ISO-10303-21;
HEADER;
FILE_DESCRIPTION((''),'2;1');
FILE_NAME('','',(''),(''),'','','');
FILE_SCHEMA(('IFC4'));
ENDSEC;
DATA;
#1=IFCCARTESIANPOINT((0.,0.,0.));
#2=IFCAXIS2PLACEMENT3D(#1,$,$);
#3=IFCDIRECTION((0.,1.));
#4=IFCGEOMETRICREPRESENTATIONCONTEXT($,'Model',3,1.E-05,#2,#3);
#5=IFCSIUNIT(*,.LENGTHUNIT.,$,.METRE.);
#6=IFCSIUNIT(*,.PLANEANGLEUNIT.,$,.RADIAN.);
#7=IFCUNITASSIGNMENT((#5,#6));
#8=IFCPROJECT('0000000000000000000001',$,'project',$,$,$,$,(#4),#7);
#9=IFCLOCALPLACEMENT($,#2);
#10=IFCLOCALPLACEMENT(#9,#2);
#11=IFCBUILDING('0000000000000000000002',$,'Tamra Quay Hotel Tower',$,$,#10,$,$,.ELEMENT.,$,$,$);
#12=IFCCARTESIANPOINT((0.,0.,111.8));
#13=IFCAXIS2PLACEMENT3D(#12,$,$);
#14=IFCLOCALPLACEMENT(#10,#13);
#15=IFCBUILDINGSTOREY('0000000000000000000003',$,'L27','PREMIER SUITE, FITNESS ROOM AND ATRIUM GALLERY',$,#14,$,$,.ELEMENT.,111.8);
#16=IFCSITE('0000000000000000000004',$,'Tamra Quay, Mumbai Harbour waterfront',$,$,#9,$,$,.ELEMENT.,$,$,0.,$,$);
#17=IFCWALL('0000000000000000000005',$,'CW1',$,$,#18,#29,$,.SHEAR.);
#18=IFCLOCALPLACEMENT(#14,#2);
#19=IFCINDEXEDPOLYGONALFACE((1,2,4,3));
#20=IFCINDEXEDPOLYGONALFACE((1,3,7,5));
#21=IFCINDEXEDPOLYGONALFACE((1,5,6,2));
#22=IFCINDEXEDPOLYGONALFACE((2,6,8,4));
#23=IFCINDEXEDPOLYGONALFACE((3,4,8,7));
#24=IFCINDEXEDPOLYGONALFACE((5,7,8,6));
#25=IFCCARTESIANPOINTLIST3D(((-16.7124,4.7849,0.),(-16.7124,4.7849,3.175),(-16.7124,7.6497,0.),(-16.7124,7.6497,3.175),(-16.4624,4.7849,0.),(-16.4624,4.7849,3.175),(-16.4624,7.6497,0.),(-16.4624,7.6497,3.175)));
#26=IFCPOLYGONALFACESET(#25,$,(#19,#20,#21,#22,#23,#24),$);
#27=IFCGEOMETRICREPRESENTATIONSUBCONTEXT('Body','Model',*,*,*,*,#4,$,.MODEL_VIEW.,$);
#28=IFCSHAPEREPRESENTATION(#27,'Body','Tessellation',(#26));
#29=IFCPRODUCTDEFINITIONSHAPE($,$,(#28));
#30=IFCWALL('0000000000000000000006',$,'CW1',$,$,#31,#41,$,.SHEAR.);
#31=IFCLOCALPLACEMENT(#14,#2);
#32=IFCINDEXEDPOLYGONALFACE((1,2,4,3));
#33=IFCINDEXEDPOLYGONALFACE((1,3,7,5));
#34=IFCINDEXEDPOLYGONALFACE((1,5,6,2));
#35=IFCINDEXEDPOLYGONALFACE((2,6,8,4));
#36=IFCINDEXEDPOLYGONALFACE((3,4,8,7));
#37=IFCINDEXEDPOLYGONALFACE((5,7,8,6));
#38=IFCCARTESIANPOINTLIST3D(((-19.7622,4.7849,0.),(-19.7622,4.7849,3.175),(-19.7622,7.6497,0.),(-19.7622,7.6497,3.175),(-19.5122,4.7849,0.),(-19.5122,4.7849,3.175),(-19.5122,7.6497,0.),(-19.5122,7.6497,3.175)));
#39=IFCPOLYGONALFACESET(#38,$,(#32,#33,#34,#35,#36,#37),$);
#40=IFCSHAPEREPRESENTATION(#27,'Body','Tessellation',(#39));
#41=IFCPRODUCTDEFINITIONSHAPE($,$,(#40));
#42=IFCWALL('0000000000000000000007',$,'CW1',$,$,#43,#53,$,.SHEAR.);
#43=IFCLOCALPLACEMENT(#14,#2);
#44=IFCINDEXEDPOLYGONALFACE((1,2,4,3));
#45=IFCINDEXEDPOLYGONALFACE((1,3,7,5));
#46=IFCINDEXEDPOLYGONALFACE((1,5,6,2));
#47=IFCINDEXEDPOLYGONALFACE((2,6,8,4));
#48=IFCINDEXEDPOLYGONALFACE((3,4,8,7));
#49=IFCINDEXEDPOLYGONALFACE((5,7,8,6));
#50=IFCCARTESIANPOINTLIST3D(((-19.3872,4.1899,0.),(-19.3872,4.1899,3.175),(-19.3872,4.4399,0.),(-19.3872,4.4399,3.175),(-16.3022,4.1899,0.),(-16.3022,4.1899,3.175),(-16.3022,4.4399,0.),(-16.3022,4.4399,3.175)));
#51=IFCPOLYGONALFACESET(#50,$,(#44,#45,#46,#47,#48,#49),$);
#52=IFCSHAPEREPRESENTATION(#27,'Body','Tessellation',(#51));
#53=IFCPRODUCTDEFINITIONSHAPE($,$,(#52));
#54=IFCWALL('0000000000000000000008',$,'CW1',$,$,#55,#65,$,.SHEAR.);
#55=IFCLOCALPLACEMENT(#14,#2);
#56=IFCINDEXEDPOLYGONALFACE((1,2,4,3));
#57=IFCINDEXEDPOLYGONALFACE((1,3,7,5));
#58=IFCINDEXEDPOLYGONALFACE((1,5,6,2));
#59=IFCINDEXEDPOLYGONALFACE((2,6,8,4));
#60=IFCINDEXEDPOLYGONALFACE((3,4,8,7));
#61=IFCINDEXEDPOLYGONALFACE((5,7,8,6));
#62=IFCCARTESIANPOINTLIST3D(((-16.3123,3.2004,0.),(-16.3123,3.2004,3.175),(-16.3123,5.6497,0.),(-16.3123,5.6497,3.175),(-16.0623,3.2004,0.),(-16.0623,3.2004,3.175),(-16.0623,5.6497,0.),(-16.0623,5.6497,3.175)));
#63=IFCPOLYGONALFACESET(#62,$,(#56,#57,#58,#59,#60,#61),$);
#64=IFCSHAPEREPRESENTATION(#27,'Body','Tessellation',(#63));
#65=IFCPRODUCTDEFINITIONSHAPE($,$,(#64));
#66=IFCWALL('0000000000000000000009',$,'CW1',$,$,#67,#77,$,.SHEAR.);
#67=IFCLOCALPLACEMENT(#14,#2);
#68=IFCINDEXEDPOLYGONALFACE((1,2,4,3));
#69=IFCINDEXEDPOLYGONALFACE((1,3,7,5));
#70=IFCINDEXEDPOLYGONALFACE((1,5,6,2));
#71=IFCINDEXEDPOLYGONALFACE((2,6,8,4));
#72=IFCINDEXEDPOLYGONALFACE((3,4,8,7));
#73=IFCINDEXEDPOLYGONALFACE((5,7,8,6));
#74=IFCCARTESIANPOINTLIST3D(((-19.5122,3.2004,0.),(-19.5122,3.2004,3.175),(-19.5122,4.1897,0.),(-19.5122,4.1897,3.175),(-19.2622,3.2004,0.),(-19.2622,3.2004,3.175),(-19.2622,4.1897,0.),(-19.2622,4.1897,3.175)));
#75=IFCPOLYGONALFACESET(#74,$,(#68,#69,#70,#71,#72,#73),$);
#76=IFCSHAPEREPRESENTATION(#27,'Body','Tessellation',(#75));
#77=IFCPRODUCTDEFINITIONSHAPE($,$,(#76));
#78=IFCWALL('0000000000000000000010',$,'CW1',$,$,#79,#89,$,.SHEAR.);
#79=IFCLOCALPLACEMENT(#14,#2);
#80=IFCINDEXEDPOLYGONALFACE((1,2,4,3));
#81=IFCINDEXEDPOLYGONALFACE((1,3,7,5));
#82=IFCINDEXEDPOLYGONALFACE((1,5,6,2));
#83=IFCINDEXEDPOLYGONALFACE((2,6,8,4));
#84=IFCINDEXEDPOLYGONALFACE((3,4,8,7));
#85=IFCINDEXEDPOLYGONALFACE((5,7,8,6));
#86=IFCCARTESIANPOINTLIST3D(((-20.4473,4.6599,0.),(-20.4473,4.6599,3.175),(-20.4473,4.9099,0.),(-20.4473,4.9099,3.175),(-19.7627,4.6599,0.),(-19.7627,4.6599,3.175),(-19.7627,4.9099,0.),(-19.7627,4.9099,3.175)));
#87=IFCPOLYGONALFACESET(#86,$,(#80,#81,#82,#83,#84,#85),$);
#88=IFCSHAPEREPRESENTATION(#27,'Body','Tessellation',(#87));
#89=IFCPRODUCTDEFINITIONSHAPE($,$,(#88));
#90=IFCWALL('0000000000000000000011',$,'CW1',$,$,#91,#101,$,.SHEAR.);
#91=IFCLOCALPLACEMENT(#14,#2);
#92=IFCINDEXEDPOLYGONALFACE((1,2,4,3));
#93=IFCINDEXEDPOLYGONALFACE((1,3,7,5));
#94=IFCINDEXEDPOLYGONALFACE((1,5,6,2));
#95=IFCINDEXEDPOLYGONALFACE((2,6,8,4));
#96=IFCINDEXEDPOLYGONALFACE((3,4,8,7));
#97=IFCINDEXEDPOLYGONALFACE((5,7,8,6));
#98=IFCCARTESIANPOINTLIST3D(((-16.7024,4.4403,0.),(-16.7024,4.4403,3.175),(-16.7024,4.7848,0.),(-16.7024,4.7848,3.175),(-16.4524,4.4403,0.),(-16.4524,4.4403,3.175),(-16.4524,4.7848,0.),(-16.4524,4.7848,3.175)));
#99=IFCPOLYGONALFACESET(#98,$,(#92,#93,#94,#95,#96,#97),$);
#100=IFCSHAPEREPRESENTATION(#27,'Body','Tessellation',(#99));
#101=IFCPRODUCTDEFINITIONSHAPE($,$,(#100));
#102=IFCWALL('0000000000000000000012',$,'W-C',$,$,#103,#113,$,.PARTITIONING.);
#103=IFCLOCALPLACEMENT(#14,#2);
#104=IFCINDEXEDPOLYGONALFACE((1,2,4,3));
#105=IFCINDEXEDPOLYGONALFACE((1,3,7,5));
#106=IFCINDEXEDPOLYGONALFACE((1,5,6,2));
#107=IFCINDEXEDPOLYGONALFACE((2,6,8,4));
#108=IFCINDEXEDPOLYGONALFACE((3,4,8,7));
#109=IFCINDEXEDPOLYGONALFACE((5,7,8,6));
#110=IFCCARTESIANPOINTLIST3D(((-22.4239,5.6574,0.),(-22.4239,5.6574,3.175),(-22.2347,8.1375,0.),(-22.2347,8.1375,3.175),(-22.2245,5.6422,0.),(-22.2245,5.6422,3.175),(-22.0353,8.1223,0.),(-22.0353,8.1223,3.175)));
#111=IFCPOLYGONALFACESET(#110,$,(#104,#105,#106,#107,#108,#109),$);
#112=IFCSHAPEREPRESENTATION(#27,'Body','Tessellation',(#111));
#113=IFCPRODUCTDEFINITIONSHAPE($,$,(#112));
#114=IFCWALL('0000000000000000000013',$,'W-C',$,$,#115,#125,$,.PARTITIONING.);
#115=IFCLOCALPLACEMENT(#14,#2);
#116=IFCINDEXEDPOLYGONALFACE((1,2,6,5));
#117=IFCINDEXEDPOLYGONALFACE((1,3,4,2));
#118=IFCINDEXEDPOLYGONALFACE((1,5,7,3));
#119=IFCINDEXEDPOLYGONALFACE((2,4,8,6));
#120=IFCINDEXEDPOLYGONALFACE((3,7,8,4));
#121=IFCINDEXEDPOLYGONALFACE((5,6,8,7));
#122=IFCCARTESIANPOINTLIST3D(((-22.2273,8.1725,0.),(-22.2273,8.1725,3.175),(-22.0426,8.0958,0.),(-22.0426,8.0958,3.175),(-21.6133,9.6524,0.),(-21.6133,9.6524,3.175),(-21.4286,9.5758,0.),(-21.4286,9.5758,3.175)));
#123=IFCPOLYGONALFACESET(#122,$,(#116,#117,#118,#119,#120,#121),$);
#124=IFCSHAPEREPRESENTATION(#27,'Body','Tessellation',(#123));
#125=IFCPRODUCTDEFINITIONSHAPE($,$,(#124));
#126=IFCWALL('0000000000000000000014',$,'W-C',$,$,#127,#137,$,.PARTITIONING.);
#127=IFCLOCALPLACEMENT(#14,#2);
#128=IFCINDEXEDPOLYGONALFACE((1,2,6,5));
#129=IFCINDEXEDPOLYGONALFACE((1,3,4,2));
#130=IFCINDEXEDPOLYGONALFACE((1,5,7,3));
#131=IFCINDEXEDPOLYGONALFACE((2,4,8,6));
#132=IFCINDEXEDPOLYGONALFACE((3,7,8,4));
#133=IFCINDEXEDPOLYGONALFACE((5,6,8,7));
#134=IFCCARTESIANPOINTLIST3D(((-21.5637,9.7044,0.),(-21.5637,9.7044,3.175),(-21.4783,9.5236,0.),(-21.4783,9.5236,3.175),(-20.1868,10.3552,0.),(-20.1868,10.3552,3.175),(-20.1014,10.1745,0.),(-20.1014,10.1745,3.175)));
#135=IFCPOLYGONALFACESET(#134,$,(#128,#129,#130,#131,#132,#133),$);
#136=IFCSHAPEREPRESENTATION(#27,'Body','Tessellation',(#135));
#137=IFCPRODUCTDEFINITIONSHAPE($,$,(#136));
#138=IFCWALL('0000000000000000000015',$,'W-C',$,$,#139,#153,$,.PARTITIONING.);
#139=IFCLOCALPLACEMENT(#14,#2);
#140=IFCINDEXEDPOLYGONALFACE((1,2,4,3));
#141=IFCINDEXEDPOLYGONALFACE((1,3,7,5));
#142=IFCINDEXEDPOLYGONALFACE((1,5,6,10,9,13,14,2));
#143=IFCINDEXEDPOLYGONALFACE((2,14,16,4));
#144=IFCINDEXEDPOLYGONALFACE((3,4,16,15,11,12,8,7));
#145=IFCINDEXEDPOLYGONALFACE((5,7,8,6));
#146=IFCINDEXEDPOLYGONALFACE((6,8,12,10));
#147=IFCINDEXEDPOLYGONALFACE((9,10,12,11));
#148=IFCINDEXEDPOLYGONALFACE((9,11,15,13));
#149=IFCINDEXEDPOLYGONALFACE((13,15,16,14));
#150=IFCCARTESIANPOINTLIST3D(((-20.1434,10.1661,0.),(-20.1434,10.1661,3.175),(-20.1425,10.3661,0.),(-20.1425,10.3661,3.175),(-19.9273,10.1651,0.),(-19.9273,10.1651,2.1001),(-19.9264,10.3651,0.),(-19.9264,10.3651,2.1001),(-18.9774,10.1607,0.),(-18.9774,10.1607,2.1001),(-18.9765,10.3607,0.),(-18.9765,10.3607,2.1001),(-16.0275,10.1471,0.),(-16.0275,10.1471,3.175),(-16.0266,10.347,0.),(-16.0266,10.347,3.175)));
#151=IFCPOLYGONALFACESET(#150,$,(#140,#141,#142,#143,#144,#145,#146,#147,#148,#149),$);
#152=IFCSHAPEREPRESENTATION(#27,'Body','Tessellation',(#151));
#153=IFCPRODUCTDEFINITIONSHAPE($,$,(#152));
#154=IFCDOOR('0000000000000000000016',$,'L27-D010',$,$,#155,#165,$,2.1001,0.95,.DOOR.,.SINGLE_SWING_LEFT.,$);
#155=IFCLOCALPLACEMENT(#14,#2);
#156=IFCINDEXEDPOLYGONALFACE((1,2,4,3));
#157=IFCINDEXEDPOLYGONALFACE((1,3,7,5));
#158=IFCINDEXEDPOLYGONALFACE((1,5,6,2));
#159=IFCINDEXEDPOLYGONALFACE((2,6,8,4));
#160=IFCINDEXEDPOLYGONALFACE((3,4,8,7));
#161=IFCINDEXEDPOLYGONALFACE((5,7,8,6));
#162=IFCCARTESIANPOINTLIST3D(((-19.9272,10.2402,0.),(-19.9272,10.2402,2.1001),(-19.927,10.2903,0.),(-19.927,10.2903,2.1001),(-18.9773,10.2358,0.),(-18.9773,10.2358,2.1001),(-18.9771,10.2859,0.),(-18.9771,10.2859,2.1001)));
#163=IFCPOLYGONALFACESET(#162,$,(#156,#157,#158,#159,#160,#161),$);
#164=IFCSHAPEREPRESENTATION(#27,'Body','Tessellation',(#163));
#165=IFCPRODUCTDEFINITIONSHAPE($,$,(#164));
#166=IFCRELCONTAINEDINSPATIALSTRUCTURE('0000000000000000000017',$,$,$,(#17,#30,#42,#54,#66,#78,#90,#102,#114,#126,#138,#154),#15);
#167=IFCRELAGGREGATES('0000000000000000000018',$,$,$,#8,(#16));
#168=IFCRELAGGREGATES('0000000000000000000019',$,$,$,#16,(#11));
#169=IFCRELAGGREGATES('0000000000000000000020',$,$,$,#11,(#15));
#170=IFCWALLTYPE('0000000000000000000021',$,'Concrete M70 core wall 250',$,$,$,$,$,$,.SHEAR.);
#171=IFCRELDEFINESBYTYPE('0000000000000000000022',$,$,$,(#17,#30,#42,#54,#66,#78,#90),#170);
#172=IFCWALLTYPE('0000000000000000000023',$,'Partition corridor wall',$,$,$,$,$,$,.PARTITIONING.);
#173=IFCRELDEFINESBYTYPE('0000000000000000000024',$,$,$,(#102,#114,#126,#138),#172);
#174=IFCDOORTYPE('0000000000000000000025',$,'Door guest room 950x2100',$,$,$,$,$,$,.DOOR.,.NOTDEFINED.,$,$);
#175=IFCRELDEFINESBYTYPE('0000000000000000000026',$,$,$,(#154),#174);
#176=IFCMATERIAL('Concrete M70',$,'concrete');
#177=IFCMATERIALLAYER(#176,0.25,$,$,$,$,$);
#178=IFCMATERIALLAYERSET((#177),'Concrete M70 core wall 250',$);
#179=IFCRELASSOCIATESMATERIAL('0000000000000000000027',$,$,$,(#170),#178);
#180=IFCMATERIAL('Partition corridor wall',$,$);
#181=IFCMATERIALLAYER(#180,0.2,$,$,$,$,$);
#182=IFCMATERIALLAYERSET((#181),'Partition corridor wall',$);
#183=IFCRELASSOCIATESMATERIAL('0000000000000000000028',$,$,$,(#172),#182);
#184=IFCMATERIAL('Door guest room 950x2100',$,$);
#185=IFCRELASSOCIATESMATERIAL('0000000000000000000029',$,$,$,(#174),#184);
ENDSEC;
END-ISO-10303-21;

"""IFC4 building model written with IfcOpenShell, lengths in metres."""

from ifc_helpers import new_model, si_unit, direction, frame, frame_2d, origin, place, context, subcontext, project, spatial, rectangle, extrude, material, layer, layer_set, type_object, element, fill, save


model = new_model("IFC4")

# Units and contexts
model_context = context("Model", 3, precision=1e-05, world=origin(), true_north=direction((0.0, 1.0)))
body_context = subcontext(model_context, "Body", "Model", "MODEL_VIEW")
ifc_project = project(units=[si_unit("LENGTHUNIT", "METRE"), si_unit("PLANEANGLEUNIT", "RADIAN")], contexts=[model_context])

# Site, building, storey
site_placement = place(None, origin())
site = spatial("IfcSite", under=ifc_project, at=site_placement, Name="Tamra Quay, Mumbai Harbour waterfront", CompositionType="ELEMENT", RefElevation=0.0)
building_placement = place(site_placement, origin())
building = spatial("IfcBuilding", under=site, at=building_placement, Name="Tamra Quay Hotel Tower", CompositionType="ELEMENT")
storey_placement = place(building_placement, frame((0.0, 0.0, 111.8)))
storey = spatial("IfcBuildingStorey", under=building, at=storey_placement, Name="L27", Description="PREMIER SUITE, FITNESS ROOM AND ATRIUM GALLERY", CompositionType="ELEMENT", Elevation=111.8)

# Shared definitions
ifc_material_1 = material(Name="Concrete M70", Category="concrete")

# Walls
ifc_layer_1 = layer(ifc_material_1, 0.25)
ifc_layer_set_1 = layer_set([ifc_layer_1], Name="Concrete M70 core wall 250")
wall_type_1 = type_object("IfcWallType", Name="Concrete M70 core wall 250", PredefinedType="SHEAR", material=ifc_layer_set_1)
for number, where, z_axis, x_axis, name in (
    (1, (-16.5874, 7.6497, 0.0), (0.0, 0.0, 1.0), (0.0, -1.0, 0.0), "CW1"),
    (2, (-19.6372, 4.7849, 0.0), (0.0, 0.0, 1.0), (0.0, 1.0, 0.0), "CW1"),
):
    element("IfcWall", number, at=place(storey_placement, frame(where, z_axis=z_axis, x_axis=x_axis)), inside=storey, type_object=wall_type_1, Name=name, PredefinedType="SHEAR", context=body_context, shape_type="SweptSolid", body=[
        extrude(rectangle(XDim=2.8647, YDim=0.25, at=frame_2d((1.4324, 0.0))), origin(), (0.0, 0.0, 1.0), 3.175),
    ])
wall_1_placement = place(storey_placement, frame((-16.3022, 4.3149, 0.0), z_axis=(0.0, 0.0, 1.0), x_axis=(-1.0, 0.0, 0.0)))
element("IfcWall", 3, at=wall_1_placement, inside=storey, type_object=wall_type_1, Name="CW1", PredefinedType="SHEAR", context=body_context, shape_type="SweptSolid", body=[
    extrude(rectangle(XDim=3.085, YDim=0.25, at=frame_2d((1.5425, 0.0))), origin(), (0.0, 0.0, 1.0), 3.175),
])
wall_2_placement = place(storey_placement, frame((-16.1873, 3.2004, 0.0), z_axis=(0.0, 0.0, 1.0), x_axis=(0.0, 1.0, 0.0)))
element("IfcWall", 4, at=wall_2_placement, inside=storey, type_object=wall_type_1, Name="CW1", PredefinedType="SHEAR", context=body_context, shape_type="SweptSolid", body=[
    extrude(rectangle(XDim=2.4492, YDim=0.25, at=frame_2d((1.2246, 0.0))), origin(), (0.0, 0.0, 1.0), 3.175),
])
wall_3_placement = place(storey_placement, frame((-19.3872, 4.1897, 0.0), z_axis=(0.0, 0.0, 1.0), x_axis=(0.0, -1.0, 0.0)))
element("IfcWall", 5, at=wall_3_placement, inside=storey, type_object=wall_type_1, Name="CW1", PredefinedType="SHEAR", context=body_context, shape_type="SweptSolid", body=[
    extrude(rectangle(XDim=0.9893, YDim=0.25, at=frame_2d((0.4946, 0.0))), origin(), (0.0, 0.0, 1.0), 3.175),
])
wall_4_placement = place(storey_placement, frame((-20.4473, 4.7849, 0.0), z_axis=(0.0, 0.0, 1.0), x_axis=(1.0, 0.0, 0.0)))
element("IfcWall", 6, at=wall_4_placement, inside=storey, type_object=wall_type_1, Name="CW1", PredefinedType="SHEAR", context=body_context, shape_type="SweptSolid", body=[
    extrude(rectangle(XDim=0.6846, YDim=0.25, at=frame_2d((0.3423, 0.0))), origin(), (0.0, 0.0, 1.0), 3.175),
])
wall_5_placement = place(storey_placement, frame((-16.5774, 4.7849, 0.0), z_axis=(0.0, 0.0, 1.0), x_axis=(0.0, -1.0, 0.0)))
element("IfcWall", 7, at=wall_5_placement, inside=storey, type_object=wall_type_1, Name="CW1", PredefinedType="SHEAR", context=body_context, shape_type="SweptSolid", body=[
    extrude(rectangle(XDim=0.3445, YDim=0.25, at=frame_2d((0.1724, 0.0))), origin(), (0.0, 0.0, 1.0), 3.175),
])
ifc_material_2 = material(Name="Partition corridor wall")
ifc_layer_2 = layer(ifc_material_2, 0.2)
ifc_layer_set_2 = layer_set([ifc_layer_2], Name="Partition corridor wall")
wall_type_2 = type_object("IfcWallType", Name="Partition corridor wall", PredefinedType="PARTITIONING", material=ifc_layer_set_2)
wall_6_placement = place(storey_placement, frame((-22.135, 8.1299, 0.0), z_axis=(0.0, 0.0, 1.0), x_axis=(-0.076073, -0.997102, 0.0)))
element("IfcWall", 8, at=wall_6_placement, inside=storey, type_object=wall_type_2, Name="W-C", PredefinedType="PARTITIONING", context=body_context, shape_type="SweptSolid", body=[
    extrude(rectangle(XDim=2.4873, YDim=0.2, at=frame_2d((1.2437, 0.0))), origin(), (0.0, 0.0, 1.0), 3.175),
])
wall_7_placement = place(storey_placement, frame((-22.135, 8.134, 0.0), z_axis=(0.0, 0.0, 1.0), x_axis=(0.383208, 0.923662, 0.0)))
element("IfcWall", 9, at=wall_7_placement, inside=storey, type_object=wall_type_2, Name="W-C", PredefinedType="PARTITIONING", context=body_context, shape_type="SweptSolid", body=[
    extrude(rectangle(XDim=1.6023, YDim=0.2, at=frame_2d((0.8013, 0.0))), origin(), (0.0, 0.0, 1.0), 3.175),
])
wall_8_placement = place(storey_placement, frame((-21.521, 9.614, 0.0), z_axis=(0.0, 0.0, 1.0), x_axis=(0.904084, 0.427356, 0.0)))
element("IfcWall", 10, at=wall_8_placement, inside=storey, type_object=wall_type_2, Name="W-C", PredefinedType="PARTITIONING", context=body_context, shape_type="SweptSolid", body=[
    extrude(rectangle(XDim=1.5229, YDim=0.2, at=frame_2d((0.7615, 0.0))), origin(), (0.0, 0.0, 1.0), 3.175),
])

# Wall, opening, door
wall_9_placement = place(storey_placement, frame((-20.1431, 10.2661, 0.0), z_axis=(0.0, 0.0, 1.0), x_axis=(0.999989, -0.004627, 0.0)))
wall_9 = element("IfcWall", 11, at=wall_9_placement, inside=storey, type_object=wall_type_2, Name="W-C", PredefinedType="PARTITIONING", context=body_context, shape_type="SweptSolid", body=[
    extrude(rectangle(XDim=4.116, YDim=0.2, at=frame_2d((2.0581, 0.0))), origin(), (0.0, 0.0, 1.0), 3.175),
])
opening_1_placement = place(wall_9_placement, frame((0.2161, 0.0, 0.0)))
opening_1 = element("IfcOpeningElement", 12, at=opening_1_placement, cuts=wall_9, PredefinedType="OPENING", context=body_context, shape_type="SweptSolid", body=[
    extrude(rectangle(XDim=0.95, YDim=2.1001, at=frame_2d((0.4751, 1.05))), frame((0.0, 0.1099, 0.0), z_axis=(0.0, -1.0, 0.0), x_axis=(1.0, 0.0, 0.0)), (0.0, 0.0, 1.0), 0.22),
])
ifc_material_3 = material(Name="Door guest room 950x2100")
door_type_1 = type_object("IfcDoorType", Name="Door guest room 950x2100", OperationType="NOTDEFINED", PredefinedType="DOOR", material=ifc_material_3)
door_1_placement = place(opening_1_placement, frame((0.95, 0.0, 0.0), z_axis=(0.0, 0.0, 1.0), x_axis=(-1.0, 0.0, 0.0)))
door_1 = element("IfcDoor", 13, at=door_1_placement, inside=storey, type_object=door_type_1, Name="L27-D010", OperationType="SINGLE_SWING_LEFT", OverallHeight=2.1001, OverallWidth=0.95, PredefinedType="DOOR", context=body_context, shape_type="SweptSolid", body=[
    extrude(rectangle(XDim=0.95, YDim=2.1001, at=frame_2d((0.4751, 1.05))), frame((0.0, 0.0249, 0.0), z_axis=(0.0, -1.0, 0.0), x_axis=(1.0, 0.0, 0.0)), (0.0, 0.0, 1.0), 0.05),
])
fill(opening_1, door_1)

save(model, "model.ifc")
